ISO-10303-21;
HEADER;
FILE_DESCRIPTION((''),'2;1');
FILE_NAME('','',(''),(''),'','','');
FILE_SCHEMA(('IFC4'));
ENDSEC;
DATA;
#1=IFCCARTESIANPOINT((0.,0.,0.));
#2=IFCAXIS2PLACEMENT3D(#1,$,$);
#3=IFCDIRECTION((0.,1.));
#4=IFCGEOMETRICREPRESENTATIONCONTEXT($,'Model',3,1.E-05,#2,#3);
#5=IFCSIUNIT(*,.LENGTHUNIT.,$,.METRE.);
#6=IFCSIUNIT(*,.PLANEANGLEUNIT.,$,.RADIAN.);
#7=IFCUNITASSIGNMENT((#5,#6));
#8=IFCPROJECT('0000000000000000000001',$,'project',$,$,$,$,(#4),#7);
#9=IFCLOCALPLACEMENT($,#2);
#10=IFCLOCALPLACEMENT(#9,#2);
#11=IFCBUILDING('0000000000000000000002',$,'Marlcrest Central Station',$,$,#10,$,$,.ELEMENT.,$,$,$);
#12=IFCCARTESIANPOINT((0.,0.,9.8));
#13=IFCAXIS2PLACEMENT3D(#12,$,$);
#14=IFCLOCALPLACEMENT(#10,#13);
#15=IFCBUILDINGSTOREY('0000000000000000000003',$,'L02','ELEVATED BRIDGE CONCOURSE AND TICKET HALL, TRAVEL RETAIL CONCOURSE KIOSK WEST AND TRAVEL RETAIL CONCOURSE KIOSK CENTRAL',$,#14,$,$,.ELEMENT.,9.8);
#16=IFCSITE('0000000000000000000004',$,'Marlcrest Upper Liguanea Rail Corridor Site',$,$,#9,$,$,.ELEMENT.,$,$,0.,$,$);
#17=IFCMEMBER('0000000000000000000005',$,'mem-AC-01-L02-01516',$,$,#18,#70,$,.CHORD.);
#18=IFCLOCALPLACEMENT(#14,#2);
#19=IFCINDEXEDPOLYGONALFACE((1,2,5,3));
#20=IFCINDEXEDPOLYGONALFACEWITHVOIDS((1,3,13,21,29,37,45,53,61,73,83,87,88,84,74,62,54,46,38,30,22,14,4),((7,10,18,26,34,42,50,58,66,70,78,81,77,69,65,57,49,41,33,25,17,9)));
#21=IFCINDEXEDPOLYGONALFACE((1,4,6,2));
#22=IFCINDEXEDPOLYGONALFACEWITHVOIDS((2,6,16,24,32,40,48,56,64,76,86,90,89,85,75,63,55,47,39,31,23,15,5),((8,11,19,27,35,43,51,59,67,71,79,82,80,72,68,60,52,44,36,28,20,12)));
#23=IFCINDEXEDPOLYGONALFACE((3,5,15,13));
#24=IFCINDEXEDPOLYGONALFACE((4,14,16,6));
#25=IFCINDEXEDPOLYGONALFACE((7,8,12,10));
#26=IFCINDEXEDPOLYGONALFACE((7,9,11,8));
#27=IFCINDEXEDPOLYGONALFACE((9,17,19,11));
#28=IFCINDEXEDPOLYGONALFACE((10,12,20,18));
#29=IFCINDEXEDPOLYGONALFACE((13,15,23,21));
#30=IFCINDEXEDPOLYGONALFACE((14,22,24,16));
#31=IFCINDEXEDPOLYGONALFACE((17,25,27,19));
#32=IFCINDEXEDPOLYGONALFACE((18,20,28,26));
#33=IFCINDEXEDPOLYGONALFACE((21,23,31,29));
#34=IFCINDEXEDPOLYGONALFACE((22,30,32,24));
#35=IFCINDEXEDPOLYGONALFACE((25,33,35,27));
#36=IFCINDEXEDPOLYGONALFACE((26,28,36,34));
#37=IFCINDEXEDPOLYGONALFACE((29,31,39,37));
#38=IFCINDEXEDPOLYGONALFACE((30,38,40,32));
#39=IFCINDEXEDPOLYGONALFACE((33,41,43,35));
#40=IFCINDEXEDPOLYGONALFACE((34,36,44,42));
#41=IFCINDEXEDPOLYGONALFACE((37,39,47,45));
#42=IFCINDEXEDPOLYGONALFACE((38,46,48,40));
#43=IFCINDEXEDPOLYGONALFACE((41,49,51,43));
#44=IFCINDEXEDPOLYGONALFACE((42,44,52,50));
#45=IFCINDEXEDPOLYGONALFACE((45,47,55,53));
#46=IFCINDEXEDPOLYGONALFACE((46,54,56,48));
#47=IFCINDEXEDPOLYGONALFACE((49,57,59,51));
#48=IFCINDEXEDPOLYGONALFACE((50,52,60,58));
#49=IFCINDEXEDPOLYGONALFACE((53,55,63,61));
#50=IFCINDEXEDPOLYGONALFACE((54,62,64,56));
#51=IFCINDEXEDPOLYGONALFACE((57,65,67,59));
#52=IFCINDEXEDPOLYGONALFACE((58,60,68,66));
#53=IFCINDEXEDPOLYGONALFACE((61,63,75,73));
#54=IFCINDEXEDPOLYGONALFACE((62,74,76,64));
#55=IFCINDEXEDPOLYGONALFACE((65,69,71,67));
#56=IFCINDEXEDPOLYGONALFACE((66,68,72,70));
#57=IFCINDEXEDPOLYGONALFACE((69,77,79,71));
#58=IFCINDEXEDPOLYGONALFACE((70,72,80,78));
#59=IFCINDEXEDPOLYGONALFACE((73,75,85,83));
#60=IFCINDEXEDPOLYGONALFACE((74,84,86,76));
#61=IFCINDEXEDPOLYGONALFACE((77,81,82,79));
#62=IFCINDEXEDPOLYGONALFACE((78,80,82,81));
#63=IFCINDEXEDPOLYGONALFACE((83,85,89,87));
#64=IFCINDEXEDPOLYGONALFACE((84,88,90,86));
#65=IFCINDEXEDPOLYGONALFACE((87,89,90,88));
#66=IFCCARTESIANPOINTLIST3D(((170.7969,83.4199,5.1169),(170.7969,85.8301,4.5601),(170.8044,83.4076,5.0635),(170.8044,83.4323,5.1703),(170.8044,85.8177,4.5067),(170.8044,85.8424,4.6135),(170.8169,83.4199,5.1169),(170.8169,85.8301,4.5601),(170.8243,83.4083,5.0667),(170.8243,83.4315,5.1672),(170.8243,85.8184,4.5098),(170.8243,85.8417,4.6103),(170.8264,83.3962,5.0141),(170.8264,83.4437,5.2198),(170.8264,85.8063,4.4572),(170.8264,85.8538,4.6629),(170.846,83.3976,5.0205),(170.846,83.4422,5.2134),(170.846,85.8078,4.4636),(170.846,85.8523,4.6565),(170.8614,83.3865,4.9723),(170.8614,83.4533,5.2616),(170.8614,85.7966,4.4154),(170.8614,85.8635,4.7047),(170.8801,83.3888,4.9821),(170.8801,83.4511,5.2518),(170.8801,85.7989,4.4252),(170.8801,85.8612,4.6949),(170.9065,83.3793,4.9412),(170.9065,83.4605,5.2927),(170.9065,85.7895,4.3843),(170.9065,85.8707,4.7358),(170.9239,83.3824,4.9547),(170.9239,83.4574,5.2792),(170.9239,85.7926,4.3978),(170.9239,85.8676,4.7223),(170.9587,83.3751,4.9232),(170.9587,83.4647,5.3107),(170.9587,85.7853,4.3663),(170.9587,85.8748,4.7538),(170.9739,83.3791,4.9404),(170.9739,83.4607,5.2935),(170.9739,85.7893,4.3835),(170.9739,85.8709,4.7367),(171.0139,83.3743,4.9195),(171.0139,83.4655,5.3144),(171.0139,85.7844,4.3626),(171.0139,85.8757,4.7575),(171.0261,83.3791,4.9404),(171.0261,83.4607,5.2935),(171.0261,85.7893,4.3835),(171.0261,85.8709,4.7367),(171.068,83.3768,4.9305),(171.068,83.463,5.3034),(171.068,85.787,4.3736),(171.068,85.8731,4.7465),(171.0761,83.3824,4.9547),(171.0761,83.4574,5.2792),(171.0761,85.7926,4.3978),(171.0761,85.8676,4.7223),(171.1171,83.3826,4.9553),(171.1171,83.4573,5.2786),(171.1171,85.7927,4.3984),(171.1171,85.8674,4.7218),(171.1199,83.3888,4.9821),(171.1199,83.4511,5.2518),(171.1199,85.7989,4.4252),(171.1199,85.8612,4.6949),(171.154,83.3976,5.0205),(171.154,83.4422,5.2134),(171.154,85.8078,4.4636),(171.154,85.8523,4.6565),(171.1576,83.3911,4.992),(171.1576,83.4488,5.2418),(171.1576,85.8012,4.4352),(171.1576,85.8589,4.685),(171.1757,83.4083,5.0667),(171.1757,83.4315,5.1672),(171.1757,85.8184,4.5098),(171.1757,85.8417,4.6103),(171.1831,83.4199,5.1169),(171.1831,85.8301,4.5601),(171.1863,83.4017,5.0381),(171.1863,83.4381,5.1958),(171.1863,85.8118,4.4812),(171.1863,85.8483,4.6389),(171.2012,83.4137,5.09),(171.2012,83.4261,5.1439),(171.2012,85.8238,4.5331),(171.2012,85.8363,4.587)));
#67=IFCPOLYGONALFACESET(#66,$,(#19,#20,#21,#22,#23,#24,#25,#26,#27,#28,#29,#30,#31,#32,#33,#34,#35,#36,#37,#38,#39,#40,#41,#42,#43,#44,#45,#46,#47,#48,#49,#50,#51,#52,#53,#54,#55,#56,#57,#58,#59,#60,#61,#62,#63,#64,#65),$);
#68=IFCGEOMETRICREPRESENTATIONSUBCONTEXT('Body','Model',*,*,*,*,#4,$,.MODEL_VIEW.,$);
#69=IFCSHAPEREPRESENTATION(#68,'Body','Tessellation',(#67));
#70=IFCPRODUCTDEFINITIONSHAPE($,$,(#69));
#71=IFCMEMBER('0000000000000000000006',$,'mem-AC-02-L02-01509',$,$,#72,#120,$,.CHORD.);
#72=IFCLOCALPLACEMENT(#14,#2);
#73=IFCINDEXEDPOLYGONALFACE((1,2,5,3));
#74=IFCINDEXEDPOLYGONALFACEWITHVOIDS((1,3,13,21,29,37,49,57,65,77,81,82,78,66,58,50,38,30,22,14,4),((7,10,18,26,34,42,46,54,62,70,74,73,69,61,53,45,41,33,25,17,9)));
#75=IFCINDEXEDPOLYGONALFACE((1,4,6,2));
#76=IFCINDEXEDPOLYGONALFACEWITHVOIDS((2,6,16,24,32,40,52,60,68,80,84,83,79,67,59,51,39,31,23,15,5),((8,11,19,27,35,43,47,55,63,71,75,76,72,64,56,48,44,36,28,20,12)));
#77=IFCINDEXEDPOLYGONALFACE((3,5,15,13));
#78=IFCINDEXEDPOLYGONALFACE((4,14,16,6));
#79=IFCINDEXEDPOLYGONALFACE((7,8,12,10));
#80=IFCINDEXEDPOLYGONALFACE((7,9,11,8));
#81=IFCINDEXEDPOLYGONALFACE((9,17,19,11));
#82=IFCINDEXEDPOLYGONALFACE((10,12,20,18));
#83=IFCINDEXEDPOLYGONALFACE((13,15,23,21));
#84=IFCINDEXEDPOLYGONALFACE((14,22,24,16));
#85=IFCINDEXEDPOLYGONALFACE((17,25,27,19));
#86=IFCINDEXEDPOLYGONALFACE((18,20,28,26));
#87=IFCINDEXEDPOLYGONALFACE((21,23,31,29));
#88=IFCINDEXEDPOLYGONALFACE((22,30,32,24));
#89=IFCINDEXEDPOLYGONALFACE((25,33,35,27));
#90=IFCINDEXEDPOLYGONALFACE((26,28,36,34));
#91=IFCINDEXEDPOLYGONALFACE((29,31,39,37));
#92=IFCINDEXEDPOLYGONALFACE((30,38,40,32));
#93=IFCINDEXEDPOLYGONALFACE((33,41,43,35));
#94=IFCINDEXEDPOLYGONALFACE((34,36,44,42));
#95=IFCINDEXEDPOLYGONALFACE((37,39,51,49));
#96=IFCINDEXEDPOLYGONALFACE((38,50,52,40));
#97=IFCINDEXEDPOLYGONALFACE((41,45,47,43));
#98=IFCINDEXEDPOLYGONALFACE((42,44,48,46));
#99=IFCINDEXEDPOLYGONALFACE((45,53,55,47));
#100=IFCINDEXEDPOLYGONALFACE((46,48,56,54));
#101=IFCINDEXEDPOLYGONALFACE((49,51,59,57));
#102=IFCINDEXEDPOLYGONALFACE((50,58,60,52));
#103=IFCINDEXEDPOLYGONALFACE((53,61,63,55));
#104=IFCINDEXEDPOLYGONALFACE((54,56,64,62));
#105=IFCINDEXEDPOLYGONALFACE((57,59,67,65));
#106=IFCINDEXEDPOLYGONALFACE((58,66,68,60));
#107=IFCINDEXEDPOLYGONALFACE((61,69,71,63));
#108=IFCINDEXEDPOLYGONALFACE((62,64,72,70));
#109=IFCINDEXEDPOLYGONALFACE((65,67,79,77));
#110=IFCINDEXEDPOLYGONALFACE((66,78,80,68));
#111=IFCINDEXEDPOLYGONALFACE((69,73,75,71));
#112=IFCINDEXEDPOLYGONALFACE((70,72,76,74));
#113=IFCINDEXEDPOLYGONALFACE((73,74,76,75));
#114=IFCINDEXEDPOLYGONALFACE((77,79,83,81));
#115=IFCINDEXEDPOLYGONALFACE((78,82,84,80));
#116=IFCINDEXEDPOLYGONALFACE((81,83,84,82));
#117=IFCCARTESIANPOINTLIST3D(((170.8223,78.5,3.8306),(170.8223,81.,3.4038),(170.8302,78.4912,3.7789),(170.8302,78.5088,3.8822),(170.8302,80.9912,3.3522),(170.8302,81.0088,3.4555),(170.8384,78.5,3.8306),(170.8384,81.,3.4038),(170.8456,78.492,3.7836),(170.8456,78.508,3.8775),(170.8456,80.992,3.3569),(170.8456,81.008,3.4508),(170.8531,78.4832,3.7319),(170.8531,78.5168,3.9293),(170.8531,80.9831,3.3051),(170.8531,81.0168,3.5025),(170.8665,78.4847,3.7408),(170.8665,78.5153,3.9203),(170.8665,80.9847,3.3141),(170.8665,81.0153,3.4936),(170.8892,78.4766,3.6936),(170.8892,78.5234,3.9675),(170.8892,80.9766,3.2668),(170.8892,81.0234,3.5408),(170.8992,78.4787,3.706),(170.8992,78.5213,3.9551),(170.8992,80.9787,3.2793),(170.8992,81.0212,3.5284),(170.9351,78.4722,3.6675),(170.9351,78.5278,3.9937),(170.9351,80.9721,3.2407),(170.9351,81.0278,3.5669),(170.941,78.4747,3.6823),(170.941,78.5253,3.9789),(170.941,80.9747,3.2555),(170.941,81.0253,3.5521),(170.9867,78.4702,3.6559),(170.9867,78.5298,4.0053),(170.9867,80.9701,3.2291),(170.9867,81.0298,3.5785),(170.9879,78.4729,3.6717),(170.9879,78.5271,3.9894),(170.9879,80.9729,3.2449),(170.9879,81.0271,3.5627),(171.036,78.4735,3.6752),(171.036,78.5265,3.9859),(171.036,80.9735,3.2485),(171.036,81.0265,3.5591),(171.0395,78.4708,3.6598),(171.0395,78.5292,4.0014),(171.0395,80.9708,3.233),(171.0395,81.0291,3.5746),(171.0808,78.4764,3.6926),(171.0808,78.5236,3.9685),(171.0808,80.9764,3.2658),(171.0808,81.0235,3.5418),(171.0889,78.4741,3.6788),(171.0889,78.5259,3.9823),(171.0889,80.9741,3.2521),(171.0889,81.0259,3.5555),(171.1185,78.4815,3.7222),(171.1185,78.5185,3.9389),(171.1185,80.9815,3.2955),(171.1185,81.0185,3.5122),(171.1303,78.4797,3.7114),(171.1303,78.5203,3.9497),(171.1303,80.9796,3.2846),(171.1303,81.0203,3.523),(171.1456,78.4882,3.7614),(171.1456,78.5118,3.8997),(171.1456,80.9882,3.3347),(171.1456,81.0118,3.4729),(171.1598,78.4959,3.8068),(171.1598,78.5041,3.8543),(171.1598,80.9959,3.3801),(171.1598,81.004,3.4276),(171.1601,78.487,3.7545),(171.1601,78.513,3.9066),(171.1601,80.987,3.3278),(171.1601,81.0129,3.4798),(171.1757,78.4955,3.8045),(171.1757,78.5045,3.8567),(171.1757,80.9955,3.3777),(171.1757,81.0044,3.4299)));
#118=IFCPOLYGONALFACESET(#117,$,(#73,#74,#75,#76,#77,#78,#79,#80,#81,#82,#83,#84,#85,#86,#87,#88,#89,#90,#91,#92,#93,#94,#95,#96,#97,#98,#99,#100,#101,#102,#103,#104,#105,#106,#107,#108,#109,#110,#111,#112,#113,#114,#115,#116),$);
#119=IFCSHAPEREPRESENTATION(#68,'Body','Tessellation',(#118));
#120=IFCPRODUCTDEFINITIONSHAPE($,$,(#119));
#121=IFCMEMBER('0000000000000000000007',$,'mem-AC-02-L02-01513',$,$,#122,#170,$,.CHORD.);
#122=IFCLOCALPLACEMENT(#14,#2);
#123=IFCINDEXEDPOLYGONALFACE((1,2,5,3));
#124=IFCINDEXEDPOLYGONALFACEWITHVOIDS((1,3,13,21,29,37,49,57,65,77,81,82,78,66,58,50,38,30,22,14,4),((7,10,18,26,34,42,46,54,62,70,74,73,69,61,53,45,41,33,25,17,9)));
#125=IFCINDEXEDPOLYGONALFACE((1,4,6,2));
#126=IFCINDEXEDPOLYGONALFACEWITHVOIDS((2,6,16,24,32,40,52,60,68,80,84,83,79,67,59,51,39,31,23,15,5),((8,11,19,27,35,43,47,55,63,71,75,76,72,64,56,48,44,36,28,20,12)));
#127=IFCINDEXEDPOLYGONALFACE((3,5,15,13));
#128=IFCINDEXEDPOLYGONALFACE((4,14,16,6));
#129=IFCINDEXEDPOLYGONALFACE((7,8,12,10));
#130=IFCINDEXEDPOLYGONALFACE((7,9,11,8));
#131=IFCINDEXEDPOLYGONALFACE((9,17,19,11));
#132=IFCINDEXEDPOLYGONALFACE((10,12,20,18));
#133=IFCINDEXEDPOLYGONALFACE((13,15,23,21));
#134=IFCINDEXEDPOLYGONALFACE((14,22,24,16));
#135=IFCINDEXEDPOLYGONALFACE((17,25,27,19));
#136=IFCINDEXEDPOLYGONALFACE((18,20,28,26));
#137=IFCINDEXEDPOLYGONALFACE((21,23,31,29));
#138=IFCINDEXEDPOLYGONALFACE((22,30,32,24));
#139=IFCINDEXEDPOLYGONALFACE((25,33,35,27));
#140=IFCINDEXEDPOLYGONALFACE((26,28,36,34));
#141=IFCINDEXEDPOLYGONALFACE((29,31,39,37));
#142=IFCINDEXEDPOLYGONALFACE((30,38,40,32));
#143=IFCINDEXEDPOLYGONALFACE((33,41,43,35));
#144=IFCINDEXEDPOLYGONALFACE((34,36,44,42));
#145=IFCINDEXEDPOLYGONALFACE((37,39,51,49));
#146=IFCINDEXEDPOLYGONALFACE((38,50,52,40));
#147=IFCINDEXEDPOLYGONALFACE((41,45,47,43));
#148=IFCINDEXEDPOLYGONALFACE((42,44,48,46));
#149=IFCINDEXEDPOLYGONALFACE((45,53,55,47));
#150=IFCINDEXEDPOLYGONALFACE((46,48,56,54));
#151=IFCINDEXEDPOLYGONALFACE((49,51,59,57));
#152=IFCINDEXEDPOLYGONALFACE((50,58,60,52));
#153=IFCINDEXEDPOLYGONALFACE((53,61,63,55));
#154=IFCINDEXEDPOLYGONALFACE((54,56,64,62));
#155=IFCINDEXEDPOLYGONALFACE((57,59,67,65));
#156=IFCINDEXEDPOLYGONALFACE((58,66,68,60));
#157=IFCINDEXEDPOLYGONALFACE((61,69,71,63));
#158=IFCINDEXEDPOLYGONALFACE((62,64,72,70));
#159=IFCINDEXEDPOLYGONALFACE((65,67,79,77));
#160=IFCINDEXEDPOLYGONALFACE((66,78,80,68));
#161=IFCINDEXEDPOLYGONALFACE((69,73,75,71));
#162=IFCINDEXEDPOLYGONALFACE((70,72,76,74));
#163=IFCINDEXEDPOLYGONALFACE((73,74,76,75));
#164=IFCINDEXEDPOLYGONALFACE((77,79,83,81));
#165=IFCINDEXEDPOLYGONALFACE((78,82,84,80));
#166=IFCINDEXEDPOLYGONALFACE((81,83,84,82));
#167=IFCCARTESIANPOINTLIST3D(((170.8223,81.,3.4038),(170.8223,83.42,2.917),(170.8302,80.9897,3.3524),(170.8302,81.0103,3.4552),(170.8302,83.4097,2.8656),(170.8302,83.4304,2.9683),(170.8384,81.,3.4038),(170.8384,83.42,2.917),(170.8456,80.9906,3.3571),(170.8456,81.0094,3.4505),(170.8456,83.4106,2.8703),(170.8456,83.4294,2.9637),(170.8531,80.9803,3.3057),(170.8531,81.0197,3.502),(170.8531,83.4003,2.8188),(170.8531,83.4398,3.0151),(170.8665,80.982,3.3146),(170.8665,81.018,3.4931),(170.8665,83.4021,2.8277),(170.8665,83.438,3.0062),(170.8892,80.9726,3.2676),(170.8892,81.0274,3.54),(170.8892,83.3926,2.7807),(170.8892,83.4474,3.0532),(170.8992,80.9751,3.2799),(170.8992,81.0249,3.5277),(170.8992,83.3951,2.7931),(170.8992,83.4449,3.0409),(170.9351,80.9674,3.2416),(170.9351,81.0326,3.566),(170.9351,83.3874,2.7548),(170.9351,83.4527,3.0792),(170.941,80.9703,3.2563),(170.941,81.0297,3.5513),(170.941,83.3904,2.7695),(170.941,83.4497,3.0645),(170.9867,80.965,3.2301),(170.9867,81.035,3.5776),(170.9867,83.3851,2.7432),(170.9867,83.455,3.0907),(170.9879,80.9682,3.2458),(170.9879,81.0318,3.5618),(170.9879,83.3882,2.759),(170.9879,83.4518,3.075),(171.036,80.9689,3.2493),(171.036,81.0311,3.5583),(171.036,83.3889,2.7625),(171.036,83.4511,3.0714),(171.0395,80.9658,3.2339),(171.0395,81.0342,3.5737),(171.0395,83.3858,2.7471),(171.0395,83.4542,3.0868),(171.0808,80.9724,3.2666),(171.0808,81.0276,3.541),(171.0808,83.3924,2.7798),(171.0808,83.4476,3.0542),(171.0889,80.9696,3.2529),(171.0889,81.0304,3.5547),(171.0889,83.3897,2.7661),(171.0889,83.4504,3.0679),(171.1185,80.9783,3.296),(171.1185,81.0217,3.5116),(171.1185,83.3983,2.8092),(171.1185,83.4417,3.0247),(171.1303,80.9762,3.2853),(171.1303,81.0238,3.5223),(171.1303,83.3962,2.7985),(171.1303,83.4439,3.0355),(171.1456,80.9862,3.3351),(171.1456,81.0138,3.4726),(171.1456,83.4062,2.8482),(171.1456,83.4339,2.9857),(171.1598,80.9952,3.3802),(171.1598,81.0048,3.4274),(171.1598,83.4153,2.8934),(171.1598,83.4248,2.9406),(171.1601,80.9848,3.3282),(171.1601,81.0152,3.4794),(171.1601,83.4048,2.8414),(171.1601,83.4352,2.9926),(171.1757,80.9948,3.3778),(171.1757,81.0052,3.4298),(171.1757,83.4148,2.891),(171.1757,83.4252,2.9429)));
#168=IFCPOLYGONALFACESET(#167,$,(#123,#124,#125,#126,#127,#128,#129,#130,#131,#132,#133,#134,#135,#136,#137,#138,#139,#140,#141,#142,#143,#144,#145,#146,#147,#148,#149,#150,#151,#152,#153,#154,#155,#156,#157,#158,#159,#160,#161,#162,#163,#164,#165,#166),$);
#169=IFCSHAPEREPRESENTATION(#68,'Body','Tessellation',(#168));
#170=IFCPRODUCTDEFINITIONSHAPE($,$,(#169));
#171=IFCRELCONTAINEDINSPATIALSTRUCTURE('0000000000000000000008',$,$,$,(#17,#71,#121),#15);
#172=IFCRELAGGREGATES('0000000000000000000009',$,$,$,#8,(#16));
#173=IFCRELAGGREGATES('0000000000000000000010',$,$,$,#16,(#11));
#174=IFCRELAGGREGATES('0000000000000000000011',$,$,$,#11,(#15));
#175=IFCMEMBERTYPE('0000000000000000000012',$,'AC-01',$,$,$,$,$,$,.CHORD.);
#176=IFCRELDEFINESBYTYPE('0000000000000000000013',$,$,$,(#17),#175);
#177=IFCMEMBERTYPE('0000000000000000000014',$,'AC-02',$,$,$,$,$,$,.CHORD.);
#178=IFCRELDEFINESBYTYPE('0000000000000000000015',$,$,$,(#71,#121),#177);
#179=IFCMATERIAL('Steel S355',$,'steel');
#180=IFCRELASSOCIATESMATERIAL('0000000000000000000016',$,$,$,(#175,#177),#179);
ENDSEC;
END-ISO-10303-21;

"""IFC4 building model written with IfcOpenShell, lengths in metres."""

from ifc_helpers import new_model, si_unit, direction, frame, origin, origin_2d, place, context, subcontext, project, spatial, hollow_circle, extrude, material, material_profile, profile_set, type_object, element, save


model = new_model("IFC4")

# Units and contexts
model_context = context("Model", 3, precision=1e-05, world=origin(), true_north=direction((0.0, 1.0)))
body_context = subcontext(model_context, "Body", "Model", "MODEL_VIEW")
ifc_project = project(units=[si_unit("LENGTHUNIT", "METRE"), si_unit("PLANEANGLEUNIT", "RADIAN")], contexts=[model_context])

# Site, building, storey
site_placement = place(None, origin())
site = spatial("IfcSite", under=ifc_project, at=site_placement, Name="Marlcrest Upper Liguanea Rail Corridor Site", CompositionType="ELEMENT", RefElevation=0.0)
building_placement = place(site_placement, origin())
building = spatial("IfcBuilding", under=site, at=building_placement, Name="Marlcrest Central Station", CompositionType="ELEMENT")
storey_placement = place(building_placement, frame((0.0, 0.0, 9.8)))
storey = spatial("IfcBuildingStorey", under=building, at=storey_placement, Name="L02", Description="ELEVATED BRIDGE CONCOURSE AND TICKET HALL, TRAVEL RETAIL CONCOURSE KIOSK WEST AND TRAVEL RETAIL CONCOURSE KIOSK CENTRAL", CompositionType="ELEMENT", Elevation=9.8)

# Members
ifc_material_1 = material(Name="Steel S355", Category="steel")
ifc_material_profile_1 = material_profile(ifc_material_1, hollow_circle(Radius=0.2031, WallThickness=0.02, at=origin_2d()), Name="CHS 406.4x20")
ifc_profile_set_1 = profile_set([ifc_material_profile_1], Name="Steel S355")
member_type_1 = type_object("IfcMemberType", Name="AC-01", PredefinedType="CHORD", material=ifc_profile_set_1)
member_1_placement = place(storey_placement, frame((171.0, 83.4199, 5.1169), z_axis=(0.0, 0.97433, -0.225126), x_axis=(-1.0, 0.0, 0.0)))
element("IfcMember", 1, at=member_1_placement, inside=storey, type_object=member_type_1, Name="mem-AC-01-L02-01516", PredefinedType="CHORD", context=body_context, shape_type="SweptSolid", body=[
    extrude(hollow_circle(Radius=0.2031, WallThickness=0.02, at=origin_2d()), origin(), (0.0, 0.0, 1.0), 2.4736),
])
ifc_material_profile_2 = material_profile(ifc_material_1, hollow_circle(Radius=0.1777, WallThickness=0.0161, at=origin_2d()), Name="CHS 355.6x16")
ifc_profile_set_2 = profile_set([ifc_material_profile_2], Name="Steel S355")
member_type_2 = type_object("IfcMemberType", Name="AC-02", PredefinedType="CHORD", material=ifc_profile_set_2)
member_2_placement = place(storey_placement, frame((171.0, 78.5, 3.8306), z_axis=(0.0, 0.985741, -0.168269), x_axis=(-1.0, 0.0, 0.0)))
element("IfcMember", 2, at=member_2_placement, inside=storey, type_object=member_type_2, Name="mem-AC-02-L02-01509", PredefinedType="CHORD", context=body_context, shape_type="SweptSolid", body=[
    extrude(hollow_circle(Radius=0.1777, WallThickness=0.0161, at=origin_2d()), origin(), (0.0, 0.0, 1.0), 2.5361),
])
member_3_placement = place(storey_placement, frame((171.0, 81.0, 3.4038), z_axis=(0.0, 0.980359, -0.197219), x_axis=(-1.0, 0.0, 0.0)))
element("IfcMember", 3, at=member_3_placement, inside=storey, type_object=member_type_2, Name="mem-AC-02-L02-01513", PredefinedType="CHORD", context=body_context, shape_type="SweptSolid", body=[
    extrude(hollow_circle(Radius=0.1777, WallThickness=0.0161, at=origin_2d()), origin(), (0.0, 0.0, 1.0), 2.4685),
])

save(model, "model.ifc")
